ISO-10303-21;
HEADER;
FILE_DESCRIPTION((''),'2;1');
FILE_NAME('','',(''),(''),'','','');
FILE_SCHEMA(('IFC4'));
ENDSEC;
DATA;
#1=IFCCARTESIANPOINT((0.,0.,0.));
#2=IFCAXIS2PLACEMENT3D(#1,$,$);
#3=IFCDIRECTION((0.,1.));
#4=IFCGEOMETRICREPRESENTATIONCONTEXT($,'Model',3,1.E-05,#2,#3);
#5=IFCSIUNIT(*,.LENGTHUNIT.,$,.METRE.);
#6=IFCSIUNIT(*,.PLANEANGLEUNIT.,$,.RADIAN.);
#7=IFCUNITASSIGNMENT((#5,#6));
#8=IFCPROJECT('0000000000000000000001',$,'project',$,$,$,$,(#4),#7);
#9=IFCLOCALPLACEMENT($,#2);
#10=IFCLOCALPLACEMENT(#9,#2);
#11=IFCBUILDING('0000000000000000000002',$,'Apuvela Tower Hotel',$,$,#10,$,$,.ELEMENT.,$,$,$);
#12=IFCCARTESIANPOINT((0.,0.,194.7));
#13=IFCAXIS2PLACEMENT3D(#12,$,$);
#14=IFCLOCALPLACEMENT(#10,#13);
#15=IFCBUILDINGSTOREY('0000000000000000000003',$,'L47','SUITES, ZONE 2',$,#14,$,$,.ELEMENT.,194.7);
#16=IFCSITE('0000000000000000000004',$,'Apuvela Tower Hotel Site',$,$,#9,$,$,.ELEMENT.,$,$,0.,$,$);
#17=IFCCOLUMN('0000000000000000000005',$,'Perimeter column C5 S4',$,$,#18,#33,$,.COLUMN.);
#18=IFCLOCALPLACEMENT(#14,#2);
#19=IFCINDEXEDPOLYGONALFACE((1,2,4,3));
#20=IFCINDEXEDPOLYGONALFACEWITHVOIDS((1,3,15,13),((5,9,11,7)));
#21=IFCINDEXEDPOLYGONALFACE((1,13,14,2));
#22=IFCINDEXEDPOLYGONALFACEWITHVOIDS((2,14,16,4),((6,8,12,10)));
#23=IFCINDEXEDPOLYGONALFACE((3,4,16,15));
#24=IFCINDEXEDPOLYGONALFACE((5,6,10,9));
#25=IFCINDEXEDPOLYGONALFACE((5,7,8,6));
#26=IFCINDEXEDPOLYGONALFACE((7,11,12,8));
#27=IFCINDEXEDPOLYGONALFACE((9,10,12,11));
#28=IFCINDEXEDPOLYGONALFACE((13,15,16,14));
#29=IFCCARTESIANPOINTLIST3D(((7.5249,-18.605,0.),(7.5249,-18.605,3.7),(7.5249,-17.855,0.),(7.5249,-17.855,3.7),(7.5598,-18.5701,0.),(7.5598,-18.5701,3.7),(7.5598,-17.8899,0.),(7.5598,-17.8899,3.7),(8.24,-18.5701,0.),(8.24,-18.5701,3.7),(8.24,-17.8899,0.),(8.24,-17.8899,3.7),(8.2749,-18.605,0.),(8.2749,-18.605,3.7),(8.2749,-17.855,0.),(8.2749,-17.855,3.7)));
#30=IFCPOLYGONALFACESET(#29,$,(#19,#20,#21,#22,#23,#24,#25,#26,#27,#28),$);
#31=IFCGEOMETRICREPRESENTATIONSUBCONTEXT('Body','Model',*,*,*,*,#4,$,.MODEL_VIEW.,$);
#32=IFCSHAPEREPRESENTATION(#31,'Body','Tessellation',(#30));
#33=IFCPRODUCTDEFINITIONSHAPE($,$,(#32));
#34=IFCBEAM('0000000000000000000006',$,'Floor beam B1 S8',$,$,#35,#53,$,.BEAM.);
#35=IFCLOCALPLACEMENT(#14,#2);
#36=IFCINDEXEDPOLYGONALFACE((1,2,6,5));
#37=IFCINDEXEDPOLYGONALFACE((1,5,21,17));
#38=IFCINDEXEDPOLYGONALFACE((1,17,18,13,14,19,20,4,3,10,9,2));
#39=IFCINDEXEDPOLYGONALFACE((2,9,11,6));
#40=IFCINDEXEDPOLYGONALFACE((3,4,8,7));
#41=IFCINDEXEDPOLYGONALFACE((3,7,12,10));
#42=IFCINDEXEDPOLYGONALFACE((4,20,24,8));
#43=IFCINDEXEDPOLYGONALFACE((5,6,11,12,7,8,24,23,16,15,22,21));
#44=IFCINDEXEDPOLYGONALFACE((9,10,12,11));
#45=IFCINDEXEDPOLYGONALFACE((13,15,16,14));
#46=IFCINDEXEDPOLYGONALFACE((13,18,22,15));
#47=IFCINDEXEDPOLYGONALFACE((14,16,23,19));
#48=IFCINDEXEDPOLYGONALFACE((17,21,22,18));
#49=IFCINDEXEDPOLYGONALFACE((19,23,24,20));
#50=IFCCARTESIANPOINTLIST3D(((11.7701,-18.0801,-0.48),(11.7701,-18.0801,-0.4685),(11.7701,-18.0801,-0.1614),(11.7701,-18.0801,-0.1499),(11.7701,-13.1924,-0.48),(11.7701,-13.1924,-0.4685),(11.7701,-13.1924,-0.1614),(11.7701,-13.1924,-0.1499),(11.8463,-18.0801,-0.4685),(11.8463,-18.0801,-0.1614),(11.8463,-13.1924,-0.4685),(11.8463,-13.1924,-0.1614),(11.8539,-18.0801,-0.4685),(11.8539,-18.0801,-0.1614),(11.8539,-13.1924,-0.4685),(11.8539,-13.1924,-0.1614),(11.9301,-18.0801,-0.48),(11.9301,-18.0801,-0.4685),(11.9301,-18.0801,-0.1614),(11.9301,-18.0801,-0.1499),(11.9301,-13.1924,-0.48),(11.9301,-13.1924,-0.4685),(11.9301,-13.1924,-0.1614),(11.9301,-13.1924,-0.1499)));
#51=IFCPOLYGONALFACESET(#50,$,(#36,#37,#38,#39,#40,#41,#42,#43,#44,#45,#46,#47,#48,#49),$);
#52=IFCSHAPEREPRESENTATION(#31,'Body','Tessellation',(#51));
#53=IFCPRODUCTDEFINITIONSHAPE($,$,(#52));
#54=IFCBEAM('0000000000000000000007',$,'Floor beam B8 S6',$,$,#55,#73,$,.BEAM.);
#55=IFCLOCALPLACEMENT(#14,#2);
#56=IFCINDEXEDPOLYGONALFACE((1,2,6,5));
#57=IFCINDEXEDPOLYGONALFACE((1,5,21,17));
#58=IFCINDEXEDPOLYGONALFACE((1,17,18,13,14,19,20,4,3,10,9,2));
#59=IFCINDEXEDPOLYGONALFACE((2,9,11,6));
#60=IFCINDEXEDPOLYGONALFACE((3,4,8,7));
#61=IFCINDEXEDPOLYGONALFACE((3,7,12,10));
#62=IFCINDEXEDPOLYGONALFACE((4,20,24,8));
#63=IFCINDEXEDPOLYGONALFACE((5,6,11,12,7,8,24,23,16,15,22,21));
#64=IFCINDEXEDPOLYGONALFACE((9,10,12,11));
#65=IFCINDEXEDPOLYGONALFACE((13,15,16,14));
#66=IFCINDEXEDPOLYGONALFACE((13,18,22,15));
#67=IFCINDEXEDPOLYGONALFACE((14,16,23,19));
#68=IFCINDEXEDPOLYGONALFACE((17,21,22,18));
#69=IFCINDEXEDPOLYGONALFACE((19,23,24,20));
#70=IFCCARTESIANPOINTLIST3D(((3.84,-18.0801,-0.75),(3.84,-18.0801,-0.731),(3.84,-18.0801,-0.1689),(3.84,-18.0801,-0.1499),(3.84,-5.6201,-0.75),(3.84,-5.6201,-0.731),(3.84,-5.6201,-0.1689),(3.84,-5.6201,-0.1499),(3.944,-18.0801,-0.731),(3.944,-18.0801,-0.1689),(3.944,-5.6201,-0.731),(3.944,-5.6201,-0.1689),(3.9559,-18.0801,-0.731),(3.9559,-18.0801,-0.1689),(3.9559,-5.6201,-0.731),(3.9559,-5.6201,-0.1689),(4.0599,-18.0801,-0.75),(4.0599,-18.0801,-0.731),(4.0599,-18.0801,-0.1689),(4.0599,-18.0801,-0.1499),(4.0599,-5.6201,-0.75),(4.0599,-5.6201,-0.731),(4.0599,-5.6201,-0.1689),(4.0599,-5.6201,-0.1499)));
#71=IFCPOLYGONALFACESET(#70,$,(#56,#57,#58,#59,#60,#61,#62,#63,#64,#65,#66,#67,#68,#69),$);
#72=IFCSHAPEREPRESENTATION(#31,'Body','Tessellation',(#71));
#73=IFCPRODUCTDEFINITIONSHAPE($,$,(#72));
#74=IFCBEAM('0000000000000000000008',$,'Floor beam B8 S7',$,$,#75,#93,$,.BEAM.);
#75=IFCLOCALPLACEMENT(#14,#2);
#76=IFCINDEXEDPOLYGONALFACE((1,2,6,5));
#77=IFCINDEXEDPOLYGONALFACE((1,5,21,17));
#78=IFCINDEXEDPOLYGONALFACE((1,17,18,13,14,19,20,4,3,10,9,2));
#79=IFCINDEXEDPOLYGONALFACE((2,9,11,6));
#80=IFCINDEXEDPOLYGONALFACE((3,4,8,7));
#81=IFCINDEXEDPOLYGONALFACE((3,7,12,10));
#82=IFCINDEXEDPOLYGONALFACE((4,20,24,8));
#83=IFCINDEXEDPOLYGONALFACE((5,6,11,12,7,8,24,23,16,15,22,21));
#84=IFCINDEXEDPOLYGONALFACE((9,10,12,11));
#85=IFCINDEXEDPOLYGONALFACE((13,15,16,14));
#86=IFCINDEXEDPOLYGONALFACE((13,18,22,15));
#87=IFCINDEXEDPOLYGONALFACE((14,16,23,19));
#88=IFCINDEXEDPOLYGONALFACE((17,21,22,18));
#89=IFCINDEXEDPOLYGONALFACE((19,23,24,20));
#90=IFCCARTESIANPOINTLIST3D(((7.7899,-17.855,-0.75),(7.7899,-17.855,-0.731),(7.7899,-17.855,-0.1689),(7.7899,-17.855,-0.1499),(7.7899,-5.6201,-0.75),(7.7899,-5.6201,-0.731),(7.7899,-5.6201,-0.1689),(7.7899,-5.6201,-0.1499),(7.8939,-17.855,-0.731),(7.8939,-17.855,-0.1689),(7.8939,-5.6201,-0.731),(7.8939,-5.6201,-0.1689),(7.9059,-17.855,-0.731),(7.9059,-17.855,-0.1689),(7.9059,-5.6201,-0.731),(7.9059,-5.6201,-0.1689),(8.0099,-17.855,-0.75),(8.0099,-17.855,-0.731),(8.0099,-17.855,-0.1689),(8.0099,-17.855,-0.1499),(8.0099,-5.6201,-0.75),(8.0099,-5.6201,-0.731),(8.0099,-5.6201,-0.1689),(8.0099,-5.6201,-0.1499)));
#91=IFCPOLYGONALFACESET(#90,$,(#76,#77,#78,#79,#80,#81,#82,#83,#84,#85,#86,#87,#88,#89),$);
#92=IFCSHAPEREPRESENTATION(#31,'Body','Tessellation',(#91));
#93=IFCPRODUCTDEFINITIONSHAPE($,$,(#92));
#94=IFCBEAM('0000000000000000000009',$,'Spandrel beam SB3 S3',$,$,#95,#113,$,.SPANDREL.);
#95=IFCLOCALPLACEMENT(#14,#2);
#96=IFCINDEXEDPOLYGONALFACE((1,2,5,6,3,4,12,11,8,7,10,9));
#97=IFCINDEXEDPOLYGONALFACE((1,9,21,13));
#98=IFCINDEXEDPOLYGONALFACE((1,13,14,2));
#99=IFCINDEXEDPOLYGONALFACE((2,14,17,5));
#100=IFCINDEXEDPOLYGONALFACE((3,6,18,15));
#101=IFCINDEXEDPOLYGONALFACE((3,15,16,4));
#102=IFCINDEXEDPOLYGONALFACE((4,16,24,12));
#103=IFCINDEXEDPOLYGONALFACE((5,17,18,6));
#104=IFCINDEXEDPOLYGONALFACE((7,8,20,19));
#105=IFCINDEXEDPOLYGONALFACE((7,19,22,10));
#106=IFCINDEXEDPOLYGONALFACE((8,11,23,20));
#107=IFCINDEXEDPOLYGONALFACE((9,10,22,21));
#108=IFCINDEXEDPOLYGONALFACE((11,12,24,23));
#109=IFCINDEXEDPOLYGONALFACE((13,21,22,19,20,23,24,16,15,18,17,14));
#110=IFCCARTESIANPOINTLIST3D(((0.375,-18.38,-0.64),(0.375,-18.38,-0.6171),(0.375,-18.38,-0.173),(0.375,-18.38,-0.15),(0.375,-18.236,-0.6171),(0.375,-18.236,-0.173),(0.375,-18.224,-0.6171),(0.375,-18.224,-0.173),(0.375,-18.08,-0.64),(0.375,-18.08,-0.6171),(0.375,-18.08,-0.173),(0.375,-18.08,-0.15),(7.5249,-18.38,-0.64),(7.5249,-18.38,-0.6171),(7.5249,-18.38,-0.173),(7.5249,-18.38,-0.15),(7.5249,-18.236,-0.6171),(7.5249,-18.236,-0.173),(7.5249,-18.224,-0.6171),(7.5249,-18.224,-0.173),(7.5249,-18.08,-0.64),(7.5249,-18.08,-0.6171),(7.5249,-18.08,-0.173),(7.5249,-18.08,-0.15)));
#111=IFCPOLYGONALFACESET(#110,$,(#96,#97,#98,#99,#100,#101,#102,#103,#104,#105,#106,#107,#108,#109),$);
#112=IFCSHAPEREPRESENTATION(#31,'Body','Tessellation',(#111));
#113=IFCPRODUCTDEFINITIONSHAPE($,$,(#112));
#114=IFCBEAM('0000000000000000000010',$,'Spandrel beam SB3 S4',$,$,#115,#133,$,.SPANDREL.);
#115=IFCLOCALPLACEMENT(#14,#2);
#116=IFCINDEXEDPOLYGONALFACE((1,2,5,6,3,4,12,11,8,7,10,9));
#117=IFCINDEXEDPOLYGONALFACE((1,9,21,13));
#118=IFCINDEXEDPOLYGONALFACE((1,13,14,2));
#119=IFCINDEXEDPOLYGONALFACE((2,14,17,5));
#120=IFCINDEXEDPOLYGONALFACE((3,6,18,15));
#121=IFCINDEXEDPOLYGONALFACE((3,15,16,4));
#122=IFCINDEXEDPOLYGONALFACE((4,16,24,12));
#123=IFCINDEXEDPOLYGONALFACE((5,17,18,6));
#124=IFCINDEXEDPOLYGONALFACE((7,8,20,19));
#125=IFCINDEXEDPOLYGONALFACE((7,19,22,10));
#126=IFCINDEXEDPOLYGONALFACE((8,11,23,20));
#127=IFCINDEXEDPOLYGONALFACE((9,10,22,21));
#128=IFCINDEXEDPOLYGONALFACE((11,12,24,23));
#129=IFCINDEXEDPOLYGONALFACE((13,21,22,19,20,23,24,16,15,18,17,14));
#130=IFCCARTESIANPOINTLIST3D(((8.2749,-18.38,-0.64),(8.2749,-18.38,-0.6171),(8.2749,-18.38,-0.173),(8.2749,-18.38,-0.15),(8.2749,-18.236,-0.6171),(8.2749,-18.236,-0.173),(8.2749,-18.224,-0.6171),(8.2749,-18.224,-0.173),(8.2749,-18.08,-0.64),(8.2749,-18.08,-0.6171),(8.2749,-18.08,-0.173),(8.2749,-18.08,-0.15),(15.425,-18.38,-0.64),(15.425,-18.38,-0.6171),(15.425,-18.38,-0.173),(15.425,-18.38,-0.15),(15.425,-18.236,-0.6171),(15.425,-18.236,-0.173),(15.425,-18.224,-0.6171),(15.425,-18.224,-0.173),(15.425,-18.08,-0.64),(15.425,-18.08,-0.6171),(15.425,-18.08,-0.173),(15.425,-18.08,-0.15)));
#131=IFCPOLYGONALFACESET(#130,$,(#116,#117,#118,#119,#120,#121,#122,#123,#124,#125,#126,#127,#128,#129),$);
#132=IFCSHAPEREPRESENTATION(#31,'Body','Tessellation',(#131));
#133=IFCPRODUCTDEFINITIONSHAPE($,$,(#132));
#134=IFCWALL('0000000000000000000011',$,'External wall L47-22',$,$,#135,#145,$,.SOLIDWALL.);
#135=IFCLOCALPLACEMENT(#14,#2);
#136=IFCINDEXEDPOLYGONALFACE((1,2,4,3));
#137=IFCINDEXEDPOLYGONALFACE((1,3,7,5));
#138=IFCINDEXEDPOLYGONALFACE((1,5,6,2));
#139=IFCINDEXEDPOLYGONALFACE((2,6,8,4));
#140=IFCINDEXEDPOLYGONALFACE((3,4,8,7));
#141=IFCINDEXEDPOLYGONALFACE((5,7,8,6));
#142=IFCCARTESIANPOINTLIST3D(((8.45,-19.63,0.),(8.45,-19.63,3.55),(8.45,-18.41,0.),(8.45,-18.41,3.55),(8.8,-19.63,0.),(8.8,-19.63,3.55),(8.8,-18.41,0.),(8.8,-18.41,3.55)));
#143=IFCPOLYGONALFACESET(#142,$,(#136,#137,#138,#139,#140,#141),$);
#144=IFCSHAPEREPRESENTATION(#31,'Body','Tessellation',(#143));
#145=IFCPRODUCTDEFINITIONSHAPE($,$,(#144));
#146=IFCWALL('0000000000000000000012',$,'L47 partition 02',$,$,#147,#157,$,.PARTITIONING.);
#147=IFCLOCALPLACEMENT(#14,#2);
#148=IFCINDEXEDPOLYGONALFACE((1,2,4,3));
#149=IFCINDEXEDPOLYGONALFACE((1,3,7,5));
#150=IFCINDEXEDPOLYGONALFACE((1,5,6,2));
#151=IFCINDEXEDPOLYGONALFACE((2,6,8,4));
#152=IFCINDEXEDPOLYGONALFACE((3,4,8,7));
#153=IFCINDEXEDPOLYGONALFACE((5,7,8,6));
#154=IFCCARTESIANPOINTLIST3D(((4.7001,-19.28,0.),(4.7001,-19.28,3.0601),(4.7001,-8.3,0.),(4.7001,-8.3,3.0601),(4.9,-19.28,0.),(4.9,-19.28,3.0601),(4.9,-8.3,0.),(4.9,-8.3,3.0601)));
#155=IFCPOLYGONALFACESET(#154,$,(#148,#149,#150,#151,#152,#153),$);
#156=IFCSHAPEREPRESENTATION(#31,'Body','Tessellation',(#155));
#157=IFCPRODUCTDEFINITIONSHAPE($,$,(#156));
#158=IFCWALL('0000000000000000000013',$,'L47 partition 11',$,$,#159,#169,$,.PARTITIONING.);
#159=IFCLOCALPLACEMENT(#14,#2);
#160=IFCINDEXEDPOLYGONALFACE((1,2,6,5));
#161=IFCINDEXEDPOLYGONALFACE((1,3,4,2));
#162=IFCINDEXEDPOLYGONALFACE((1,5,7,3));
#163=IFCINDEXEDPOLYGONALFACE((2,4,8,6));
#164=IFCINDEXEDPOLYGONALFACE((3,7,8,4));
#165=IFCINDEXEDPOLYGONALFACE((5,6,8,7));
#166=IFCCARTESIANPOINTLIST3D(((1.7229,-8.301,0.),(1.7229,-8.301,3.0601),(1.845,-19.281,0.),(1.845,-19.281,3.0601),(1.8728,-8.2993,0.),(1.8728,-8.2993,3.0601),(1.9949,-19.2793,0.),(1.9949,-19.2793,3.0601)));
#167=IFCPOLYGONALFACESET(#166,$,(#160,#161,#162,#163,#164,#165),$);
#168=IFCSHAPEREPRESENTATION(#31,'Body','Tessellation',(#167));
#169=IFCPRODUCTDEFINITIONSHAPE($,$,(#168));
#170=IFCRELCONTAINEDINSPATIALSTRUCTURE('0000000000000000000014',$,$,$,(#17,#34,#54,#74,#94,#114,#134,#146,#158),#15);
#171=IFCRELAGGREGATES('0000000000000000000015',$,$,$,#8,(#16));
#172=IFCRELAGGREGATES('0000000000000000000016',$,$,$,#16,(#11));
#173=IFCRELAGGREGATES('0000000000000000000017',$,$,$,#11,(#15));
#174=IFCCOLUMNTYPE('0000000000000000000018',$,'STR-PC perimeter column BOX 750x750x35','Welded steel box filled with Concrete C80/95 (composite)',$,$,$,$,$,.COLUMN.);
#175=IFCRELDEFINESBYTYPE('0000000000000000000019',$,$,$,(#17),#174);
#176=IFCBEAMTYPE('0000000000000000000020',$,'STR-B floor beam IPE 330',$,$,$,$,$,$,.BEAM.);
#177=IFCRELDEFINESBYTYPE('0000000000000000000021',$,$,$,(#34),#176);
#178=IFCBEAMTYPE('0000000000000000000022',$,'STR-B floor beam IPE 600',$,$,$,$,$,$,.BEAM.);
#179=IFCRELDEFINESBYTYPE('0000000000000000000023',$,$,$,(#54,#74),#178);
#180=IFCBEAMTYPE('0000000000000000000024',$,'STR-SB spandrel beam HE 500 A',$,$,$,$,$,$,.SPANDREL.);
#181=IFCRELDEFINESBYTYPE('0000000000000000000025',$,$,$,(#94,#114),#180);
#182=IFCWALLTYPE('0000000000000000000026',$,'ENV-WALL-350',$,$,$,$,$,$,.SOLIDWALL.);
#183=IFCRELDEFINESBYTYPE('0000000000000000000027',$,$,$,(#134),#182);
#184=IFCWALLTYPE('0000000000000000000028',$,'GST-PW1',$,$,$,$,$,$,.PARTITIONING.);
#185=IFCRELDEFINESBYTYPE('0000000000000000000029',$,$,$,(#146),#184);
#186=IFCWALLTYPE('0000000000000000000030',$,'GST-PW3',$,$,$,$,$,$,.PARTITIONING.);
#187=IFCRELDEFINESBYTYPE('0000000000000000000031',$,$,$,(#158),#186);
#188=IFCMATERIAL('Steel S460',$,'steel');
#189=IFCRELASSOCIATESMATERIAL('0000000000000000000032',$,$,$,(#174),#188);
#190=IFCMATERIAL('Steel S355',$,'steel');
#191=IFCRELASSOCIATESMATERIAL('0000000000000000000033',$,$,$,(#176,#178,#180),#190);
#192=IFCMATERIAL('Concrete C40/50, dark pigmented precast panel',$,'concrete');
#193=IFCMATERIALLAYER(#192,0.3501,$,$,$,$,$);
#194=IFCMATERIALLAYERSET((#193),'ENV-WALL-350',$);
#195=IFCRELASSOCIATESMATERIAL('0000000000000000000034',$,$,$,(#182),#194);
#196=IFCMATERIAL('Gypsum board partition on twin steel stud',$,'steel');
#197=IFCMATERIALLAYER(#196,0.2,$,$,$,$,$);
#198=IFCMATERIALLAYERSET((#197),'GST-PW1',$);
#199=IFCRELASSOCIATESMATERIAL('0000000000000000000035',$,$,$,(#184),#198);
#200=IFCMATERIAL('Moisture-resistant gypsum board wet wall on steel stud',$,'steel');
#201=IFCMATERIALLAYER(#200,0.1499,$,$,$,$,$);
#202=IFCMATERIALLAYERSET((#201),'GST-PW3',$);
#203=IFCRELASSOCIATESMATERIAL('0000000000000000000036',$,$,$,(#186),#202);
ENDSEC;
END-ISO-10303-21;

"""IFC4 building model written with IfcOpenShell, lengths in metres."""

from ifc_helpers import new_model, si_unit, direction, frame, frame_2d, origin, origin_2d, place, context, subcontext, project, spatial, rectangle, hollow_rectangle, i_section, extrude, material, layer, layer_set, material_profile, profile_set, type_object, element, save


model = new_model("IFC4")

# Units and contexts
model_context = context("Model", 3, precision=1e-05, world=origin(), true_north=direction((0.0, 1.0)))
body_context = subcontext(model_context, "Body", "Model", "MODEL_VIEW")
ifc_project = project(units=[si_unit("LENGTHUNIT", "METRE"), si_unit("PLANEANGLEUNIT", "RADIAN")], contexts=[model_context])

# Site, building, storey
site_placement = place(None, origin())
site = spatial("IfcSite", under=ifc_project, at=site_placement, Name="Apuvela Tower Hotel Site", CompositionType="ELEMENT", RefElevation=0.0)
building_placement = place(site_placement, origin())
building = spatial("IfcBuilding", under=site, at=building_placement, Name="Apuvela Tower Hotel", CompositionType="ELEMENT")
storey_placement = place(building_placement, frame((0.0, 0.0, 194.7)))
storey = spatial("IfcBuildingStorey", under=building, at=storey_placement, Name="L47", Description="SUITES, ZONE 2", CompositionType="ELEMENT", Elevation=194.7)

# Column
ifc_material_1 = material(Name="Steel S460", Category="steel")
ifc_material_profile_1 = material_profile(ifc_material_1, hollow_rectangle(XDim=0.75, YDim=0.75, WallThickness=0.0349, at=origin_2d()), Name="BOX 750x750x35")
ifc_material_2 = material(Name="Concrete C80/95", Category="concrete")
ifc_material_profile_2 = material_profile(ifc_material_2, rectangle(XDim=0.6799, YDim=0.6799, at=origin_2d()), Name="Concrete C80/95 infill")
ifc_profile_set_1 = profile_set([ifc_material_profile_1, ifc_material_profile_2], Name="Steel S460")
column_type = type_object("IfcColumnType", Name="STR-PC perimeter column BOX 750x750x35", Description="Welded steel box filled with Concrete C80/95 (composite)", PredefinedType="COLUMN", material=ifc_profile_set_1)
column_placement = place(storey_placement, frame((7.8999, -18.23, 0.0), z_axis=(0.0, 0.0, 1.0), x_axis=(-1.0, 0.0, 0.0)))
element("IfcColumn", 1, at=column_placement, inside=storey, type_object=column_type, Name="Perimeter column C5 S4", PredefinedType="COLUMN", context=body_context, shape_type="SweptSolid", body=[
    extrude(hollow_rectangle(XDim=0.75, YDim=0.75, WallThickness=0.0349, at=origin_2d()), origin(), (0.0, 0.0, 1.0), 3.7),
])

# Beams
ifc_material_3 = material(Name="Steel S355", Category="steel")
ifc_material_profile_3 = material_profile(ifc_material_3, i_section(OverallWidth=0.1599, OverallDepth=0.3301, WebThickness=0.0076, FlangeThickness=0.0115, at=origin_2d()), Name="IPE 330")
ifc_profile_set_2 = profile_set([ifc_material_profile_3], Name="Steel S355")
beam_type_1 = type_object("IfcBeamType", Name="STR-B floor beam IPE 330", PredefinedType="BEAM", material=ifc_profile_set_2)
beam_1_placement = place(storey_placement, frame((11.8501, -18.0801, -0.3149), z_axis=(0.0, 1.0, 0.0), x_axis=(-1.0, 0.0, 0.0)))
element("IfcBeam", 2, at=beam_1_placement, inside=storey, type_object=beam_type_1, Name="Floor beam B1 S8", PredefinedType="BEAM", context=body_context, shape_type="SweptSolid", body=[
    extrude(i_section(OverallWidth=0.1599, OverallDepth=0.3301, WebThickness=0.0076, FlangeThickness=0.0115, at=origin_2d()), origin(), (0.0, 0.0, 1.0), 4.8877),
])
ifc_material_profile_4 = material_profile(ifc_material_3, i_section(OverallWidth=0.22, OverallDepth=0.6001, WebThickness=0.012, FlangeThickness=0.019, at=origin_2d()), Name="IPE 600")
ifc_profile_set_3 = profile_set([ifc_material_profile_4], Name="Steel S355")
beam_type_2 = type_object("IfcBeamType", Name="STR-B floor beam IPE 600", PredefinedType="BEAM", material=ifc_profile_set_3)
beam_2_placement = place(storey_placement, frame((3.95, -18.0801, -0.45), z_axis=(0.0, 1.0, 0.0), x_axis=(-1.0, 0.0, 0.0)))
element("IfcBeam", 3, at=beam_2_placement, inside=storey, type_object=beam_type_2, Name="Floor beam B8 S6", PredefinedType="BEAM", context=body_context, shape_type="SweptSolid", body=[
    extrude(i_section(OverallWidth=0.22, OverallDepth=0.6001, WebThickness=0.012, FlangeThickness=0.019, at=origin_2d()), origin(), (0.0, 0.0, 1.0), 12.46),
])
beam_3_placement = place(storey_placement, frame((7.8999, -17.855, -0.45), z_axis=(0.0, 1.0, 0.0), x_axis=(-1.0, 0.0, 0.0)))
element("IfcBeam", 4, at=beam_3_placement, inside=storey, type_object=beam_type_2, Name="Floor beam B8 S7", PredefinedType="BEAM", context=body_context, shape_type="SweptSolid", body=[
    extrude(i_section(OverallWidth=0.22, OverallDepth=0.6001, WebThickness=0.012, FlangeThickness=0.019, at=origin_2d()), origin(), (0.0, 0.0, 1.0), 12.2349),
])
ifc_material_profile_5 = material_profile(ifc_material_3, i_section(OverallWidth=0.3, OverallDepth=0.49, WebThickness=0.012, FlangeThickness=0.0229, at=origin_2d()), Name="HE 500 A")
ifc_profile_set_4 = profile_set([ifc_material_profile_5], Name="Steel S355")
beam_type_3 = type_object("IfcBeamType", Name="STR-SB spandrel beam HE 500 A", PredefinedType="SPANDREL", material=ifc_profile_set_4)
beam_4_placement = place(storey_placement, frame((0.375, -18.23, -0.395), z_axis=(1.0, 0.0, 0.0), x_axis=(0.0, 1.0, 0.0)))
element("IfcBeam", 5, at=beam_4_placement, inside=storey, type_object=beam_type_3, Name="Spandrel beam SB3 S3", PredefinedType="SPANDREL", context=body_context, shape_type="SweptSolid", body=[
    extrude(i_section(OverallWidth=0.3, OverallDepth=0.49, WebThickness=0.012, FlangeThickness=0.0229, at=origin_2d()), origin(), (0.0, 0.0, 1.0), 7.1499),
])
beam_5_placement = place(storey_placement, frame((8.2749, -18.23, -0.395), z_axis=(1.0, 0.0, 0.0), x_axis=(0.0, 1.0, 0.0)))
element("IfcBeam", 6, at=beam_5_placement, inside=storey, type_object=beam_type_3, Name="Spandrel beam SB3 S4", PredefinedType="SPANDREL", context=body_context, shape_type="SweptSolid", body=[
    extrude(i_section(OverallWidth=0.3, OverallDepth=0.49, WebThickness=0.012, FlangeThickness=0.0229, at=origin_2d()), origin(), (0.0, 0.0, 1.0), 7.1501),
])

# Wall
ifc_material_4 = material(Name="Concrete C40/50, dark pigmented precast panel", Category="concrete")
ifc_layer_1 = layer(ifc_material_4, 0.3501)
ifc_layer_set_1 = layer_set([ifc_layer_1], Name="ENV-WALL-350")
wall_type_1 = type_object("IfcWallType", Name="ENV-WALL-350", PredefinedType="SOLIDWALL", material=ifc_layer_set_1)
wall_1_placement = place(storey_placement, frame((8.625, -19.6299, 0.0), z_axis=(0.0, 0.0, 1.0), x_axis=(0.0, 1.0, 0.0)))
element("IfcWall", 7, at=wall_1_placement, inside=storey, type_object=wall_type_1, Name="External wall L47-22", PredefinedType="SOLIDWALL", context=body_context, shape_type="SweptSolid", body=[
    extrude(rectangle(XDim=1.22, YDim=0.3501, at=frame_2d((0.6099, 0.0))), origin(), (0.0, 0.0, 1.0), 3.55),
])

# Walls
ifc_material_5 = material(Name="Gypsum board partition on twin steel stud", Category="steel")
ifc_layer_2 = layer(ifc_material_5, 0.2)
ifc_layer_set_2 = layer_set([ifc_layer_2], Name="GST-PW1")
wall_type_2 = type_object("IfcWallType", Name="GST-PW1", PredefinedType="PARTITIONING", material=ifc_layer_set_2)
wall_2_placement = place(storey_placement, frame((4.8, -19.28, 0.0), z_axis=(0.0, 0.0, 1.0), x_axis=(0.0, 1.0, 0.0)))
element("IfcWall", 8, at=wall_2_placement, inside=storey, type_object=wall_type_2, Name="L47 partition 02", PredefinedType="PARTITIONING", context=body_context, shape_type="SweptSolid", body=[
    extrude(rectangle(XDim=10.98, YDim=0.2, at=frame_2d((5.49, 0.0))), origin(), (0.0, 0.0, 1.0), 3.0601),
])
ifc_material_6 = material(Name="Moisture-resistant gypsum board wet wall on steel stud", Category="steel")
ifc_layer_3 = layer(ifc_material_6, 0.1499)
ifc_layer_set_3 = layer_set([ifc_layer_3], Name="GST-PW3")
wall_type_3 = type_object("IfcWallType", Name="GST-PW3", PredefinedType="PARTITIONING", material=ifc_layer_set_3)
wall_3_placement = place(storey_placement, frame((1.9199, -19.28, 0.0), z_axis=(0.0, 0.0, 1.0), x_axis=(-0.011117, 0.999938, 0.0)))
element("IfcWall", 9, at=wall_3_placement, inside=storey, type_object=wall_type_3, Name="L47 partition 11", PredefinedType="PARTITIONING", context=body_context, shape_type="SweptSolid", body=[
    extrude(rectangle(XDim=10.9807, YDim=0.1499, at=frame_2d((5.4902, 0.0))), origin(), (0.0, 0.0, 1.0), 3.0601),
])

save(model, "model.ifc")
